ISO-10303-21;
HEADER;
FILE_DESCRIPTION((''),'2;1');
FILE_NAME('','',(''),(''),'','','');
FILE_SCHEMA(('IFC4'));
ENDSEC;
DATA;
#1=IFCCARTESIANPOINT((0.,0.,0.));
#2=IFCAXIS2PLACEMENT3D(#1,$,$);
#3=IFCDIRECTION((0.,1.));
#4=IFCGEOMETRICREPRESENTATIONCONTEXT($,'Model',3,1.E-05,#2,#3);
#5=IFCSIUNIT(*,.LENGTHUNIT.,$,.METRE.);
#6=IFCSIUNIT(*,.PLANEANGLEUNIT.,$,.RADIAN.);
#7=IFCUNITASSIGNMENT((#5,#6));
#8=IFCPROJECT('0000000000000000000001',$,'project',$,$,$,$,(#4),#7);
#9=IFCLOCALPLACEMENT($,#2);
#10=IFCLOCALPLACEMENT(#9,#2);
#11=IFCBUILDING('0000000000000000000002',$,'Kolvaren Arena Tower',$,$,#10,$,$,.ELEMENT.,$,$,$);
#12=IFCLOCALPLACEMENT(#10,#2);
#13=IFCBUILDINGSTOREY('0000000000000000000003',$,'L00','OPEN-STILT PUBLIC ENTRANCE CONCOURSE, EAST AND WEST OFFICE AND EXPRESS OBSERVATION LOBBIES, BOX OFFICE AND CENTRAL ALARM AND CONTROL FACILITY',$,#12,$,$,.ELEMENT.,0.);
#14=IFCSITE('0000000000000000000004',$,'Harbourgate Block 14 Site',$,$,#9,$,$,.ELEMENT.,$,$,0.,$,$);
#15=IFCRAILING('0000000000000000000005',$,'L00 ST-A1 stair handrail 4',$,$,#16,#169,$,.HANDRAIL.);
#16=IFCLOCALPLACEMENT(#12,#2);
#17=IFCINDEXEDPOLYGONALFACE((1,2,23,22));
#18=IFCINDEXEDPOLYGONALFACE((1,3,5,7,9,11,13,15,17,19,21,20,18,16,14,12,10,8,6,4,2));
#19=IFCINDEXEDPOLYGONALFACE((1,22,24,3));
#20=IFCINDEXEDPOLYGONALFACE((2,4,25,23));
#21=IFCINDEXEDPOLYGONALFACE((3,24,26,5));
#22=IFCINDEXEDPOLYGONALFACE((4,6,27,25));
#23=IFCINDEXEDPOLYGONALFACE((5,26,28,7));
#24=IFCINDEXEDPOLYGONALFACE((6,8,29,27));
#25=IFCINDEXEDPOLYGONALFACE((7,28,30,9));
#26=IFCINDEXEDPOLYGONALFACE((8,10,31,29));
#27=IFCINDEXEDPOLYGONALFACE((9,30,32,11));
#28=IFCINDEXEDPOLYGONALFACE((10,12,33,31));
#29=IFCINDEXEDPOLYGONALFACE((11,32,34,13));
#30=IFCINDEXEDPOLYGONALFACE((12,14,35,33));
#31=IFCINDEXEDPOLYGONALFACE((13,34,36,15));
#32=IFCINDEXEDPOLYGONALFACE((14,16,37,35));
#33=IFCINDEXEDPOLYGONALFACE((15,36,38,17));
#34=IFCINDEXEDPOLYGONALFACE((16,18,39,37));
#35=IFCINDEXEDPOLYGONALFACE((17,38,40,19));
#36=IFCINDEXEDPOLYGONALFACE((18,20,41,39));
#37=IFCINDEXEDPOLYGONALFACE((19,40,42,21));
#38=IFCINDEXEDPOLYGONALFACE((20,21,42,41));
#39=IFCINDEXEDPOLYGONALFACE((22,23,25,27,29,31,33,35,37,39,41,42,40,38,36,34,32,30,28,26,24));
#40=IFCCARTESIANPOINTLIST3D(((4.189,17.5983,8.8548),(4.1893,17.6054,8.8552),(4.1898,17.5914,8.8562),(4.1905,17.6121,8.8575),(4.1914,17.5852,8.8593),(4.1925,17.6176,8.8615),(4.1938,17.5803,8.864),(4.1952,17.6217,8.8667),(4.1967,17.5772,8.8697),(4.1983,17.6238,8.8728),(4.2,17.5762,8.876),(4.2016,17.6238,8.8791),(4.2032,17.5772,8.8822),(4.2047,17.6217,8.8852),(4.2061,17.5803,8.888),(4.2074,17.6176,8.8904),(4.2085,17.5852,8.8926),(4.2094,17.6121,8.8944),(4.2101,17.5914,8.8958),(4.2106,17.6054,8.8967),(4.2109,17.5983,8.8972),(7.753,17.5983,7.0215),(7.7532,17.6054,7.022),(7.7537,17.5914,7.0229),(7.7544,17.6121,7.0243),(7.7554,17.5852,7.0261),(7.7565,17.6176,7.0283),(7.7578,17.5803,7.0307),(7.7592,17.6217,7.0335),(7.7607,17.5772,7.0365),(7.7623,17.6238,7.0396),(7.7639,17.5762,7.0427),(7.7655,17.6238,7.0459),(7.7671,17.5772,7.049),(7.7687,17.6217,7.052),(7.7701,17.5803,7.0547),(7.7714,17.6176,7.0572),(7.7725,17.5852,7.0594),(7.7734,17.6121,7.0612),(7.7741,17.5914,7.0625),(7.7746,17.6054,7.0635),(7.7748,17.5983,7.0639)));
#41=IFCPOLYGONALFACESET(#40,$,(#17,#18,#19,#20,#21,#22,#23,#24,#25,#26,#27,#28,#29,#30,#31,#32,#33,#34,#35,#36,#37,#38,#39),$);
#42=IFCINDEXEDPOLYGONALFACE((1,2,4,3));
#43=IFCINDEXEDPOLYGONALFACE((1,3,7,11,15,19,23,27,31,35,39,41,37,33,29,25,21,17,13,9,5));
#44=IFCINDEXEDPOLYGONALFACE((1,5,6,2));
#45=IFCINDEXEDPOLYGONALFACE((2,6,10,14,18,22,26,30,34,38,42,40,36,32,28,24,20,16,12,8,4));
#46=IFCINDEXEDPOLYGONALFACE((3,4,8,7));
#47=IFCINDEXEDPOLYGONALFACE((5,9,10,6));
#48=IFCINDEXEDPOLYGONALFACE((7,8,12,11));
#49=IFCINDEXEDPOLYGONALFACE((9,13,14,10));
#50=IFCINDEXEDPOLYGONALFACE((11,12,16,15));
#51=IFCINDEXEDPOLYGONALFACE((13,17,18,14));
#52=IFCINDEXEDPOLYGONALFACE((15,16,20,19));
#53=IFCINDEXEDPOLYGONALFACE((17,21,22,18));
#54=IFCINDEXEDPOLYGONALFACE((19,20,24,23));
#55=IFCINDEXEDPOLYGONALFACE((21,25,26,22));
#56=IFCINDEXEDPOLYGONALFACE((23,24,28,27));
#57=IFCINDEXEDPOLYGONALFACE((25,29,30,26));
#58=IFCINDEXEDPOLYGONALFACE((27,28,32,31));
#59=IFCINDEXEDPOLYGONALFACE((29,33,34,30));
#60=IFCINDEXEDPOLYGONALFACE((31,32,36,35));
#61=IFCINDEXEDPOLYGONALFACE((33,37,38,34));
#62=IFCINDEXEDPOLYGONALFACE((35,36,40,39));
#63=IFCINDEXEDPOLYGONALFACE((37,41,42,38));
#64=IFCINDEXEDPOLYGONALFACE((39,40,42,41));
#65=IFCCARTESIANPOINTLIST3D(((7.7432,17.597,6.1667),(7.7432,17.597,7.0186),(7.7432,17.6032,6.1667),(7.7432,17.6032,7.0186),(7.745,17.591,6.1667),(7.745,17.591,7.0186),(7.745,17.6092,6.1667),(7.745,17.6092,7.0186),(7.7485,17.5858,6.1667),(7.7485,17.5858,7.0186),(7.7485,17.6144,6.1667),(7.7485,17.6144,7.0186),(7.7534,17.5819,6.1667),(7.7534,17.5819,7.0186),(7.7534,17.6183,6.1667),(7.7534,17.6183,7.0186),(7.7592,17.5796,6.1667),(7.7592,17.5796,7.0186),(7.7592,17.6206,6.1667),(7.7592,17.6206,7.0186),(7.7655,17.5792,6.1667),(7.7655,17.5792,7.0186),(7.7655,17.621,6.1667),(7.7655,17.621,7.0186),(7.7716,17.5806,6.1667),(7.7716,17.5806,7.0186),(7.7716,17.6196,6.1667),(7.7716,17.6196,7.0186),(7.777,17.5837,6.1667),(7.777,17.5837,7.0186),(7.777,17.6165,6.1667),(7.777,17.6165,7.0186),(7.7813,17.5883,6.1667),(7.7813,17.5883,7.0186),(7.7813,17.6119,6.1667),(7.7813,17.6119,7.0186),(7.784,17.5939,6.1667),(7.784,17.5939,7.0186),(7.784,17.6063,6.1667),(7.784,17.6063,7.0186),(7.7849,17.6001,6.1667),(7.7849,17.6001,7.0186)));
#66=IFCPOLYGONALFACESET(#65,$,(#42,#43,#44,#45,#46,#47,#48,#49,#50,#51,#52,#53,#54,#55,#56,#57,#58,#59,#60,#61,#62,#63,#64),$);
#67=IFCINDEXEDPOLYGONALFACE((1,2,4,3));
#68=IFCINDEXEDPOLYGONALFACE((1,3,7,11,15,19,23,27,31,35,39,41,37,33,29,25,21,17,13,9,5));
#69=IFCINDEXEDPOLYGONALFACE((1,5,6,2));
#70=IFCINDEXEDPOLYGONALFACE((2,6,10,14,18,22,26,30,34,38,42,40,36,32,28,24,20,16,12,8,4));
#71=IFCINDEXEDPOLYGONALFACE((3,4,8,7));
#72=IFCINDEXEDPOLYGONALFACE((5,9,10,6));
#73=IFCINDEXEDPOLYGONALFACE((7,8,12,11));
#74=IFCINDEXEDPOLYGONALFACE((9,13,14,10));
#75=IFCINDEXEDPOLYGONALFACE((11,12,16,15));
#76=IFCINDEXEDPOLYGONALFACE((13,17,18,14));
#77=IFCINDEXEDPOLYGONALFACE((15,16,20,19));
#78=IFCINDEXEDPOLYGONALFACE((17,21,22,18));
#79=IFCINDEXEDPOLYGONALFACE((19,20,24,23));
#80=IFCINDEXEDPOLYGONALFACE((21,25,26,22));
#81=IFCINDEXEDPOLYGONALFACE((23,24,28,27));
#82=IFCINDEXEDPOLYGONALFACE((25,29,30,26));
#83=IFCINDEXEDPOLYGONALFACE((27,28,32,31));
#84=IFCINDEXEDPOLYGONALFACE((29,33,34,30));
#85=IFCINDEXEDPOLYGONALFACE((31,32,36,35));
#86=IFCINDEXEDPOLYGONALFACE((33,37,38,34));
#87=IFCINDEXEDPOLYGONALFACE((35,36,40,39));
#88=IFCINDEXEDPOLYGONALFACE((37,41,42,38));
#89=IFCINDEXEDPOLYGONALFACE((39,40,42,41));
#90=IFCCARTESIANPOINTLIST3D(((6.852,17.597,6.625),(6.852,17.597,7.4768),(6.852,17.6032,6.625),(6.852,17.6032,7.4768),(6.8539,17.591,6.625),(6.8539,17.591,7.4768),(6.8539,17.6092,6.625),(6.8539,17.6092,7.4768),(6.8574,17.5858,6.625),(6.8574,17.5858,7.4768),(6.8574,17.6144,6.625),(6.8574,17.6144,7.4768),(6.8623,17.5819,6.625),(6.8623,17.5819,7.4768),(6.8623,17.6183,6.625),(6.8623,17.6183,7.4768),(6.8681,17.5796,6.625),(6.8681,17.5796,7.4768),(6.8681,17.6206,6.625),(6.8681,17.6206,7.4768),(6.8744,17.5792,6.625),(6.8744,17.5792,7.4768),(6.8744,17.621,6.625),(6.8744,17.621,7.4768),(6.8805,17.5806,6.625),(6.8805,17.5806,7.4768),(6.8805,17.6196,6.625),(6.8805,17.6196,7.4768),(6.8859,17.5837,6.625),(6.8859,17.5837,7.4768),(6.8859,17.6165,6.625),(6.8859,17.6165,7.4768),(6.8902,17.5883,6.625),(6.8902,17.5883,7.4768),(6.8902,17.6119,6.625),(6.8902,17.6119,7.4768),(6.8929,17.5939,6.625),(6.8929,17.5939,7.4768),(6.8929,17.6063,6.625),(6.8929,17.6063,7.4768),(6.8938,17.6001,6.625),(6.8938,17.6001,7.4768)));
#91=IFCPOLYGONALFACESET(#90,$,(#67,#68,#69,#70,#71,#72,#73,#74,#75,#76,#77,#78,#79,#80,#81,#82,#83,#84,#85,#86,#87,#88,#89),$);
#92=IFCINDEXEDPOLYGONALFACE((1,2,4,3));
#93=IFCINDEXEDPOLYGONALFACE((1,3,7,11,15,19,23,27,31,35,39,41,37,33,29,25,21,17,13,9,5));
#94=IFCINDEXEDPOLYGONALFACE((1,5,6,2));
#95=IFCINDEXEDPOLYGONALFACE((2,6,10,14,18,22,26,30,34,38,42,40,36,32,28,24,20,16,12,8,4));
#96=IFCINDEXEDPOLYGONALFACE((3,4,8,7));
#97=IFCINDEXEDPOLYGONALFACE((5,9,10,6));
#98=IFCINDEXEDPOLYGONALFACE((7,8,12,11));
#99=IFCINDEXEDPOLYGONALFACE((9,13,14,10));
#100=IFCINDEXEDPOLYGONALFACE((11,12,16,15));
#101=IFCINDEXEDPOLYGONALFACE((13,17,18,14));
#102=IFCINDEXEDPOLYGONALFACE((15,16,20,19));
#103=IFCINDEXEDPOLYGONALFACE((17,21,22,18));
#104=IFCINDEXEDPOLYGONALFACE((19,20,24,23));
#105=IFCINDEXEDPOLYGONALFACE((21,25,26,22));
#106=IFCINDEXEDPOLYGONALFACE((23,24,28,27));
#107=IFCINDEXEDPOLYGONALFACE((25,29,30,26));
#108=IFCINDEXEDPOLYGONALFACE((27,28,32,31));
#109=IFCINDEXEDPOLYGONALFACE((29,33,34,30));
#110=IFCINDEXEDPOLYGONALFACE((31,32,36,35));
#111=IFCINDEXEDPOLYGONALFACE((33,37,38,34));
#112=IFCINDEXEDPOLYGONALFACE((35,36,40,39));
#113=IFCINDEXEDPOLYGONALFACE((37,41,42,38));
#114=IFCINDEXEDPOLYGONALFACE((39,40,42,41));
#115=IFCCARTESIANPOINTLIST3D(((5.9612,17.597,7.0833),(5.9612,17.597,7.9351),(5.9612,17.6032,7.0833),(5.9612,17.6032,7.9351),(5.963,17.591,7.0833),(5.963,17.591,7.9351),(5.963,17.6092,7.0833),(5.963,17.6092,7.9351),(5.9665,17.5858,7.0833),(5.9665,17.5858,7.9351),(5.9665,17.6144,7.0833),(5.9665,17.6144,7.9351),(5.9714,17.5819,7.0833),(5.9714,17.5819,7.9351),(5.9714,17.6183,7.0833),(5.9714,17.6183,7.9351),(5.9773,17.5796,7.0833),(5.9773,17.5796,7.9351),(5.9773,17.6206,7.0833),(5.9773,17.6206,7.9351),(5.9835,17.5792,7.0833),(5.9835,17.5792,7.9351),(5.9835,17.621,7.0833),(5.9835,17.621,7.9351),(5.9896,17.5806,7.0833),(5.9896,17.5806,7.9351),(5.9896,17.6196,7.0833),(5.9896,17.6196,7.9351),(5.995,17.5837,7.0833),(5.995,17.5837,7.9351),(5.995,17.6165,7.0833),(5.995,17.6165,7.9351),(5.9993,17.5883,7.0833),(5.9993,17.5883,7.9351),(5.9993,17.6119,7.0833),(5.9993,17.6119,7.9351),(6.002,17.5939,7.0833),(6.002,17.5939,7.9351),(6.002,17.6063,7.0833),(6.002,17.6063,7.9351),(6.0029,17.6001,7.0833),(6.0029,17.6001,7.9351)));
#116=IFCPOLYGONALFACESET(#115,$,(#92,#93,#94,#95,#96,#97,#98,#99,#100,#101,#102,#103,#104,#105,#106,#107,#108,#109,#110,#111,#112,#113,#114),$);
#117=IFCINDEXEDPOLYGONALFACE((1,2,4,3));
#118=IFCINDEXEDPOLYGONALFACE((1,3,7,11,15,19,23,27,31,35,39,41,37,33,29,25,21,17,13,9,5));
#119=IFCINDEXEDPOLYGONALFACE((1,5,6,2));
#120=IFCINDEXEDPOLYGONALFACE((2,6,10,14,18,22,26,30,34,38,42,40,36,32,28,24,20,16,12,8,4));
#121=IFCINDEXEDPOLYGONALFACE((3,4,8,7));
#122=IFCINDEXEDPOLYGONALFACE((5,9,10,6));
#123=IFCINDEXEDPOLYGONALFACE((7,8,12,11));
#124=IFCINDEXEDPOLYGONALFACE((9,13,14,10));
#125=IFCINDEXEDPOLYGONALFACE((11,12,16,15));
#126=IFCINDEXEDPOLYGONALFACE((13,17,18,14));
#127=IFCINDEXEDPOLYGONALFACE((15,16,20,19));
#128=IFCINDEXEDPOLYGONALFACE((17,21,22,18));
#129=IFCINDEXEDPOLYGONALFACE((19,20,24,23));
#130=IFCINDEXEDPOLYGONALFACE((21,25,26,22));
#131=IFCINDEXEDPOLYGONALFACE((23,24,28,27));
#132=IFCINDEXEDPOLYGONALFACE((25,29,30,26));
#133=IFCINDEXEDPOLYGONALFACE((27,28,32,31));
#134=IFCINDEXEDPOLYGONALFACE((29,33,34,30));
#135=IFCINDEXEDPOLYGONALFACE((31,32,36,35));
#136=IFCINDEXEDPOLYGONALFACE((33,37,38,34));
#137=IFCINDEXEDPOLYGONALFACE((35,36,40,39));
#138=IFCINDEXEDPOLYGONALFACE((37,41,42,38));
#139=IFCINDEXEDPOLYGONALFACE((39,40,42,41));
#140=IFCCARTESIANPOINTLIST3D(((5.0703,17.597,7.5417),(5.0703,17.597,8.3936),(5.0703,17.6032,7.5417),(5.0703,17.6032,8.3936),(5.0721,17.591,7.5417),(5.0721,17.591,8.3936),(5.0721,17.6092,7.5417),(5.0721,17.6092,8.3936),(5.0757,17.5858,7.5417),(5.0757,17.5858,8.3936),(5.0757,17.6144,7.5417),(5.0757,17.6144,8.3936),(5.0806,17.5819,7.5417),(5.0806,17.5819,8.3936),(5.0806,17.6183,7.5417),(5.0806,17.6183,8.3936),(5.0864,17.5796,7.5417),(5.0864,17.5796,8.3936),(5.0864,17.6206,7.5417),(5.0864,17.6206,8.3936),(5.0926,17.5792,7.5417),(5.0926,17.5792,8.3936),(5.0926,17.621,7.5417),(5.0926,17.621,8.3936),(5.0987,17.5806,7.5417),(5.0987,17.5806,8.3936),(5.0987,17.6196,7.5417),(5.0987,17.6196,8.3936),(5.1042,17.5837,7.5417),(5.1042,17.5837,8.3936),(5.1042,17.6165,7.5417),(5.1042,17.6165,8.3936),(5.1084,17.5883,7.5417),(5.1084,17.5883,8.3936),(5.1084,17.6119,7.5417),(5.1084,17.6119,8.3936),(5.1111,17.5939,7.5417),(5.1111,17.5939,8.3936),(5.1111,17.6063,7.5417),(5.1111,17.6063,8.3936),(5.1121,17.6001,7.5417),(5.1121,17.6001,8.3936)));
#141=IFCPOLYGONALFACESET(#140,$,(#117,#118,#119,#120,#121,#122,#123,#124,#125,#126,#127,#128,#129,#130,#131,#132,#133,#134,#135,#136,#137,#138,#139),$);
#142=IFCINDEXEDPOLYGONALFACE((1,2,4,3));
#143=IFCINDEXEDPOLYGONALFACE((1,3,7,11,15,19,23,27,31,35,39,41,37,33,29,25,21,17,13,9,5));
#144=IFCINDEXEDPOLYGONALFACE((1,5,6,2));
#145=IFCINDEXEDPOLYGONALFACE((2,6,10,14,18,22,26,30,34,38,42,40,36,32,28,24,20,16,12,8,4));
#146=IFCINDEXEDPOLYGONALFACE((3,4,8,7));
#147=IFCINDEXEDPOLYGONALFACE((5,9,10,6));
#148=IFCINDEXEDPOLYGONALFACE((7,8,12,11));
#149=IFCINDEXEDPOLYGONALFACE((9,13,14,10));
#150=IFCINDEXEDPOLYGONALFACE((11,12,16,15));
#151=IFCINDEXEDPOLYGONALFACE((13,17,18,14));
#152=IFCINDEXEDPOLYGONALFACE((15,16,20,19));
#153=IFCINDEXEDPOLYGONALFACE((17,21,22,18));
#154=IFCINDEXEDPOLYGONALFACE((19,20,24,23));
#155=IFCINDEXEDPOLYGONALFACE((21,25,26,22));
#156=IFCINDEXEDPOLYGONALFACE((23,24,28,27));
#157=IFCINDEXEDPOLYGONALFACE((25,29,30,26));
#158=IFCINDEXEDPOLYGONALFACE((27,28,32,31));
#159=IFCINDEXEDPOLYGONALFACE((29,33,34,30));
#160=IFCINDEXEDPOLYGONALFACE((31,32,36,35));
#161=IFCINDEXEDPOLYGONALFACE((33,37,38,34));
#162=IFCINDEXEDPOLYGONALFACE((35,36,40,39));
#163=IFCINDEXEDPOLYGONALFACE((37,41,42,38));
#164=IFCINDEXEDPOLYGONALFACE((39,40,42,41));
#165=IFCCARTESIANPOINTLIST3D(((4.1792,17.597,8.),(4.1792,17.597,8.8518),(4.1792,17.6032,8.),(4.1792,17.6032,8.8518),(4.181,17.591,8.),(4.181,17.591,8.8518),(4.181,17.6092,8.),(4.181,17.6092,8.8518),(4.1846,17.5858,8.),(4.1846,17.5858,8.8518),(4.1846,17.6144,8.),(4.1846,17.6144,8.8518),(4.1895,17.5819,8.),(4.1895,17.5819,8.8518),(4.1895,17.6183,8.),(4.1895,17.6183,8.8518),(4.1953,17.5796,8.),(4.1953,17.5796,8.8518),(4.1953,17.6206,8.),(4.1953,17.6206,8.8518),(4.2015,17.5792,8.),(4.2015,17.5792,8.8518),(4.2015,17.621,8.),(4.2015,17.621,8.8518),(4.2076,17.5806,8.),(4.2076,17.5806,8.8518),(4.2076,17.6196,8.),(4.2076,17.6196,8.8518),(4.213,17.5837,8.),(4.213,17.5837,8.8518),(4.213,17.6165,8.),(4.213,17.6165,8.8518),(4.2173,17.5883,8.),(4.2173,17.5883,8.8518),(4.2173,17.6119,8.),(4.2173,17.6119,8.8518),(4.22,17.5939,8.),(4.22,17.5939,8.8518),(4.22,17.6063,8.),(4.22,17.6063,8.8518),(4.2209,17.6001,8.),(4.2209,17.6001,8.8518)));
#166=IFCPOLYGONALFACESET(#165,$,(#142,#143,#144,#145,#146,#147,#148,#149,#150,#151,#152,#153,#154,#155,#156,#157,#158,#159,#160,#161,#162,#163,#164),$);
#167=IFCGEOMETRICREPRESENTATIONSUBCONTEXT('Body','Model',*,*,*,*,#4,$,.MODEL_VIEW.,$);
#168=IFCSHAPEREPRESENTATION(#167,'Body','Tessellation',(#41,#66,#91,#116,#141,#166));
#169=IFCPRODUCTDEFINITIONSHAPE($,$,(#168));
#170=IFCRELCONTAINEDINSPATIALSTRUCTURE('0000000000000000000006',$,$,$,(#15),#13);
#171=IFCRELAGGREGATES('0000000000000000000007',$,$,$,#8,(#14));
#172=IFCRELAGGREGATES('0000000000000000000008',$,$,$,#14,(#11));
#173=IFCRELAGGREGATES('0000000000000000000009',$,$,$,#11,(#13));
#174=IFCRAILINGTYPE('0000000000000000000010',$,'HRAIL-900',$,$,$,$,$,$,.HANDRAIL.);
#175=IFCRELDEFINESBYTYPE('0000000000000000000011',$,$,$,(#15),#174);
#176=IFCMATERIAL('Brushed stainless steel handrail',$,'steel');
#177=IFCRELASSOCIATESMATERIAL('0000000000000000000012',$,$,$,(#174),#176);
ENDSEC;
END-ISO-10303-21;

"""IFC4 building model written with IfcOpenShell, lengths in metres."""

from ifc_helpers import new_model, si_unit, direction, frame, origin, origin_2d, place, context, subcontext, project, spatial, circle, extrude, material, type_object, element, save


model = new_model("IFC4")

# Units and contexts
model_context = context("Model", 3, precision=1e-05, world=origin(), true_north=direction((0.0, 1.0)))
body_context = subcontext(model_context, "Body", "Model", "MODEL_VIEW")
ifc_project = project(units=[si_unit("LENGTHUNIT", "METRE"), si_unit("PLANEANGLEUNIT", "RADIAN")], contexts=[model_context])

# Site, building, storey
site_placement = place(None, origin())
site = spatial("IfcSite", under=ifc_project, at=site_placement, Name="Harbourgate Block 14 Site", CompositionType="ELEMENT", RefElevation=0.0)
building_placement = place(site_placement, origin())
building = spatial("IfcBuilding", under=site, at=building_placement, Name="Kolvaren Arena Tower", CompositionType="ELEMENT")
storey_placement = place(building_placement, origin())
storey = spatial("IfcBuildingStorey", under=building, at=storey_placement, Name="L00", Description="OPEN-STILT PUBLIC ENTRANCE CONCOURSE, EAST AND WEST OFFICE AND EXPRESS OBSERVATION LOBBIES, BOX OFFICE AND CENTRAL ALARM AND CONTROL FACILITY", CompositionType="ELEMENT", Elevation=0.0)

# Railing
ifc_material_1 = material(Name="Brushed stainless steel handrail", Category="steel")
railing_type_1 = type_object("IfcRailingType", Name="HRAIL-900", PredefinedType="HANDRAIL", material=ifc_material_1)
railing_1_placement = place(storey_placement, frame((7.7639, 17.6001, 6.1667)))
element("IfcRailing", 1, at=railing_1_placement, inside=storey, type_object=railing_type_1, Name="L00 ST-A1 stair handrail 4", PredefinedType="HANDRAIL", context=body_context, shape_type="SweptSolid", body=[
    extrude(circle(Radius=0.0239, at=origin_2d()), frame((0.0, 0.0, 0.876), z_axis=(-0.889252, 0.0, 0.457418), x_axis=(0.0, -1.0, 0.0)), (0.0, 0.0, 1.0), 4.0078),
    extrude(circle(Radius=0.021, at=origin_2d()), origin(), (0.0, 0.0, 1.0), 0.8518),
    extrude(circle(Radius=0.021, at=origin_2d()), frame((-0.8911, 0.0, 0.4583)), (0.0, 0.0, 1.0), 0.8518),
    extrude(circle(Radius=0.021, at=origin_2d()), frame((-1.782, 0.0, 0.9165)), (0.0, 0.0, 1.0), 0.8518),
    extrude(circle(Radius=0.021, at=origin_2d()), frame((-2.6729, 0.0, 1.375)), (0.0, 0.0, 1.0), 0.8518),
    extrude(circle(Radius=0.021, at=origin_2d()), frame((-3.564, 0.0, 1.8333)), (0.0, 0.0, 1.0), 0.8518),
])

save(model, "model.ifc")
